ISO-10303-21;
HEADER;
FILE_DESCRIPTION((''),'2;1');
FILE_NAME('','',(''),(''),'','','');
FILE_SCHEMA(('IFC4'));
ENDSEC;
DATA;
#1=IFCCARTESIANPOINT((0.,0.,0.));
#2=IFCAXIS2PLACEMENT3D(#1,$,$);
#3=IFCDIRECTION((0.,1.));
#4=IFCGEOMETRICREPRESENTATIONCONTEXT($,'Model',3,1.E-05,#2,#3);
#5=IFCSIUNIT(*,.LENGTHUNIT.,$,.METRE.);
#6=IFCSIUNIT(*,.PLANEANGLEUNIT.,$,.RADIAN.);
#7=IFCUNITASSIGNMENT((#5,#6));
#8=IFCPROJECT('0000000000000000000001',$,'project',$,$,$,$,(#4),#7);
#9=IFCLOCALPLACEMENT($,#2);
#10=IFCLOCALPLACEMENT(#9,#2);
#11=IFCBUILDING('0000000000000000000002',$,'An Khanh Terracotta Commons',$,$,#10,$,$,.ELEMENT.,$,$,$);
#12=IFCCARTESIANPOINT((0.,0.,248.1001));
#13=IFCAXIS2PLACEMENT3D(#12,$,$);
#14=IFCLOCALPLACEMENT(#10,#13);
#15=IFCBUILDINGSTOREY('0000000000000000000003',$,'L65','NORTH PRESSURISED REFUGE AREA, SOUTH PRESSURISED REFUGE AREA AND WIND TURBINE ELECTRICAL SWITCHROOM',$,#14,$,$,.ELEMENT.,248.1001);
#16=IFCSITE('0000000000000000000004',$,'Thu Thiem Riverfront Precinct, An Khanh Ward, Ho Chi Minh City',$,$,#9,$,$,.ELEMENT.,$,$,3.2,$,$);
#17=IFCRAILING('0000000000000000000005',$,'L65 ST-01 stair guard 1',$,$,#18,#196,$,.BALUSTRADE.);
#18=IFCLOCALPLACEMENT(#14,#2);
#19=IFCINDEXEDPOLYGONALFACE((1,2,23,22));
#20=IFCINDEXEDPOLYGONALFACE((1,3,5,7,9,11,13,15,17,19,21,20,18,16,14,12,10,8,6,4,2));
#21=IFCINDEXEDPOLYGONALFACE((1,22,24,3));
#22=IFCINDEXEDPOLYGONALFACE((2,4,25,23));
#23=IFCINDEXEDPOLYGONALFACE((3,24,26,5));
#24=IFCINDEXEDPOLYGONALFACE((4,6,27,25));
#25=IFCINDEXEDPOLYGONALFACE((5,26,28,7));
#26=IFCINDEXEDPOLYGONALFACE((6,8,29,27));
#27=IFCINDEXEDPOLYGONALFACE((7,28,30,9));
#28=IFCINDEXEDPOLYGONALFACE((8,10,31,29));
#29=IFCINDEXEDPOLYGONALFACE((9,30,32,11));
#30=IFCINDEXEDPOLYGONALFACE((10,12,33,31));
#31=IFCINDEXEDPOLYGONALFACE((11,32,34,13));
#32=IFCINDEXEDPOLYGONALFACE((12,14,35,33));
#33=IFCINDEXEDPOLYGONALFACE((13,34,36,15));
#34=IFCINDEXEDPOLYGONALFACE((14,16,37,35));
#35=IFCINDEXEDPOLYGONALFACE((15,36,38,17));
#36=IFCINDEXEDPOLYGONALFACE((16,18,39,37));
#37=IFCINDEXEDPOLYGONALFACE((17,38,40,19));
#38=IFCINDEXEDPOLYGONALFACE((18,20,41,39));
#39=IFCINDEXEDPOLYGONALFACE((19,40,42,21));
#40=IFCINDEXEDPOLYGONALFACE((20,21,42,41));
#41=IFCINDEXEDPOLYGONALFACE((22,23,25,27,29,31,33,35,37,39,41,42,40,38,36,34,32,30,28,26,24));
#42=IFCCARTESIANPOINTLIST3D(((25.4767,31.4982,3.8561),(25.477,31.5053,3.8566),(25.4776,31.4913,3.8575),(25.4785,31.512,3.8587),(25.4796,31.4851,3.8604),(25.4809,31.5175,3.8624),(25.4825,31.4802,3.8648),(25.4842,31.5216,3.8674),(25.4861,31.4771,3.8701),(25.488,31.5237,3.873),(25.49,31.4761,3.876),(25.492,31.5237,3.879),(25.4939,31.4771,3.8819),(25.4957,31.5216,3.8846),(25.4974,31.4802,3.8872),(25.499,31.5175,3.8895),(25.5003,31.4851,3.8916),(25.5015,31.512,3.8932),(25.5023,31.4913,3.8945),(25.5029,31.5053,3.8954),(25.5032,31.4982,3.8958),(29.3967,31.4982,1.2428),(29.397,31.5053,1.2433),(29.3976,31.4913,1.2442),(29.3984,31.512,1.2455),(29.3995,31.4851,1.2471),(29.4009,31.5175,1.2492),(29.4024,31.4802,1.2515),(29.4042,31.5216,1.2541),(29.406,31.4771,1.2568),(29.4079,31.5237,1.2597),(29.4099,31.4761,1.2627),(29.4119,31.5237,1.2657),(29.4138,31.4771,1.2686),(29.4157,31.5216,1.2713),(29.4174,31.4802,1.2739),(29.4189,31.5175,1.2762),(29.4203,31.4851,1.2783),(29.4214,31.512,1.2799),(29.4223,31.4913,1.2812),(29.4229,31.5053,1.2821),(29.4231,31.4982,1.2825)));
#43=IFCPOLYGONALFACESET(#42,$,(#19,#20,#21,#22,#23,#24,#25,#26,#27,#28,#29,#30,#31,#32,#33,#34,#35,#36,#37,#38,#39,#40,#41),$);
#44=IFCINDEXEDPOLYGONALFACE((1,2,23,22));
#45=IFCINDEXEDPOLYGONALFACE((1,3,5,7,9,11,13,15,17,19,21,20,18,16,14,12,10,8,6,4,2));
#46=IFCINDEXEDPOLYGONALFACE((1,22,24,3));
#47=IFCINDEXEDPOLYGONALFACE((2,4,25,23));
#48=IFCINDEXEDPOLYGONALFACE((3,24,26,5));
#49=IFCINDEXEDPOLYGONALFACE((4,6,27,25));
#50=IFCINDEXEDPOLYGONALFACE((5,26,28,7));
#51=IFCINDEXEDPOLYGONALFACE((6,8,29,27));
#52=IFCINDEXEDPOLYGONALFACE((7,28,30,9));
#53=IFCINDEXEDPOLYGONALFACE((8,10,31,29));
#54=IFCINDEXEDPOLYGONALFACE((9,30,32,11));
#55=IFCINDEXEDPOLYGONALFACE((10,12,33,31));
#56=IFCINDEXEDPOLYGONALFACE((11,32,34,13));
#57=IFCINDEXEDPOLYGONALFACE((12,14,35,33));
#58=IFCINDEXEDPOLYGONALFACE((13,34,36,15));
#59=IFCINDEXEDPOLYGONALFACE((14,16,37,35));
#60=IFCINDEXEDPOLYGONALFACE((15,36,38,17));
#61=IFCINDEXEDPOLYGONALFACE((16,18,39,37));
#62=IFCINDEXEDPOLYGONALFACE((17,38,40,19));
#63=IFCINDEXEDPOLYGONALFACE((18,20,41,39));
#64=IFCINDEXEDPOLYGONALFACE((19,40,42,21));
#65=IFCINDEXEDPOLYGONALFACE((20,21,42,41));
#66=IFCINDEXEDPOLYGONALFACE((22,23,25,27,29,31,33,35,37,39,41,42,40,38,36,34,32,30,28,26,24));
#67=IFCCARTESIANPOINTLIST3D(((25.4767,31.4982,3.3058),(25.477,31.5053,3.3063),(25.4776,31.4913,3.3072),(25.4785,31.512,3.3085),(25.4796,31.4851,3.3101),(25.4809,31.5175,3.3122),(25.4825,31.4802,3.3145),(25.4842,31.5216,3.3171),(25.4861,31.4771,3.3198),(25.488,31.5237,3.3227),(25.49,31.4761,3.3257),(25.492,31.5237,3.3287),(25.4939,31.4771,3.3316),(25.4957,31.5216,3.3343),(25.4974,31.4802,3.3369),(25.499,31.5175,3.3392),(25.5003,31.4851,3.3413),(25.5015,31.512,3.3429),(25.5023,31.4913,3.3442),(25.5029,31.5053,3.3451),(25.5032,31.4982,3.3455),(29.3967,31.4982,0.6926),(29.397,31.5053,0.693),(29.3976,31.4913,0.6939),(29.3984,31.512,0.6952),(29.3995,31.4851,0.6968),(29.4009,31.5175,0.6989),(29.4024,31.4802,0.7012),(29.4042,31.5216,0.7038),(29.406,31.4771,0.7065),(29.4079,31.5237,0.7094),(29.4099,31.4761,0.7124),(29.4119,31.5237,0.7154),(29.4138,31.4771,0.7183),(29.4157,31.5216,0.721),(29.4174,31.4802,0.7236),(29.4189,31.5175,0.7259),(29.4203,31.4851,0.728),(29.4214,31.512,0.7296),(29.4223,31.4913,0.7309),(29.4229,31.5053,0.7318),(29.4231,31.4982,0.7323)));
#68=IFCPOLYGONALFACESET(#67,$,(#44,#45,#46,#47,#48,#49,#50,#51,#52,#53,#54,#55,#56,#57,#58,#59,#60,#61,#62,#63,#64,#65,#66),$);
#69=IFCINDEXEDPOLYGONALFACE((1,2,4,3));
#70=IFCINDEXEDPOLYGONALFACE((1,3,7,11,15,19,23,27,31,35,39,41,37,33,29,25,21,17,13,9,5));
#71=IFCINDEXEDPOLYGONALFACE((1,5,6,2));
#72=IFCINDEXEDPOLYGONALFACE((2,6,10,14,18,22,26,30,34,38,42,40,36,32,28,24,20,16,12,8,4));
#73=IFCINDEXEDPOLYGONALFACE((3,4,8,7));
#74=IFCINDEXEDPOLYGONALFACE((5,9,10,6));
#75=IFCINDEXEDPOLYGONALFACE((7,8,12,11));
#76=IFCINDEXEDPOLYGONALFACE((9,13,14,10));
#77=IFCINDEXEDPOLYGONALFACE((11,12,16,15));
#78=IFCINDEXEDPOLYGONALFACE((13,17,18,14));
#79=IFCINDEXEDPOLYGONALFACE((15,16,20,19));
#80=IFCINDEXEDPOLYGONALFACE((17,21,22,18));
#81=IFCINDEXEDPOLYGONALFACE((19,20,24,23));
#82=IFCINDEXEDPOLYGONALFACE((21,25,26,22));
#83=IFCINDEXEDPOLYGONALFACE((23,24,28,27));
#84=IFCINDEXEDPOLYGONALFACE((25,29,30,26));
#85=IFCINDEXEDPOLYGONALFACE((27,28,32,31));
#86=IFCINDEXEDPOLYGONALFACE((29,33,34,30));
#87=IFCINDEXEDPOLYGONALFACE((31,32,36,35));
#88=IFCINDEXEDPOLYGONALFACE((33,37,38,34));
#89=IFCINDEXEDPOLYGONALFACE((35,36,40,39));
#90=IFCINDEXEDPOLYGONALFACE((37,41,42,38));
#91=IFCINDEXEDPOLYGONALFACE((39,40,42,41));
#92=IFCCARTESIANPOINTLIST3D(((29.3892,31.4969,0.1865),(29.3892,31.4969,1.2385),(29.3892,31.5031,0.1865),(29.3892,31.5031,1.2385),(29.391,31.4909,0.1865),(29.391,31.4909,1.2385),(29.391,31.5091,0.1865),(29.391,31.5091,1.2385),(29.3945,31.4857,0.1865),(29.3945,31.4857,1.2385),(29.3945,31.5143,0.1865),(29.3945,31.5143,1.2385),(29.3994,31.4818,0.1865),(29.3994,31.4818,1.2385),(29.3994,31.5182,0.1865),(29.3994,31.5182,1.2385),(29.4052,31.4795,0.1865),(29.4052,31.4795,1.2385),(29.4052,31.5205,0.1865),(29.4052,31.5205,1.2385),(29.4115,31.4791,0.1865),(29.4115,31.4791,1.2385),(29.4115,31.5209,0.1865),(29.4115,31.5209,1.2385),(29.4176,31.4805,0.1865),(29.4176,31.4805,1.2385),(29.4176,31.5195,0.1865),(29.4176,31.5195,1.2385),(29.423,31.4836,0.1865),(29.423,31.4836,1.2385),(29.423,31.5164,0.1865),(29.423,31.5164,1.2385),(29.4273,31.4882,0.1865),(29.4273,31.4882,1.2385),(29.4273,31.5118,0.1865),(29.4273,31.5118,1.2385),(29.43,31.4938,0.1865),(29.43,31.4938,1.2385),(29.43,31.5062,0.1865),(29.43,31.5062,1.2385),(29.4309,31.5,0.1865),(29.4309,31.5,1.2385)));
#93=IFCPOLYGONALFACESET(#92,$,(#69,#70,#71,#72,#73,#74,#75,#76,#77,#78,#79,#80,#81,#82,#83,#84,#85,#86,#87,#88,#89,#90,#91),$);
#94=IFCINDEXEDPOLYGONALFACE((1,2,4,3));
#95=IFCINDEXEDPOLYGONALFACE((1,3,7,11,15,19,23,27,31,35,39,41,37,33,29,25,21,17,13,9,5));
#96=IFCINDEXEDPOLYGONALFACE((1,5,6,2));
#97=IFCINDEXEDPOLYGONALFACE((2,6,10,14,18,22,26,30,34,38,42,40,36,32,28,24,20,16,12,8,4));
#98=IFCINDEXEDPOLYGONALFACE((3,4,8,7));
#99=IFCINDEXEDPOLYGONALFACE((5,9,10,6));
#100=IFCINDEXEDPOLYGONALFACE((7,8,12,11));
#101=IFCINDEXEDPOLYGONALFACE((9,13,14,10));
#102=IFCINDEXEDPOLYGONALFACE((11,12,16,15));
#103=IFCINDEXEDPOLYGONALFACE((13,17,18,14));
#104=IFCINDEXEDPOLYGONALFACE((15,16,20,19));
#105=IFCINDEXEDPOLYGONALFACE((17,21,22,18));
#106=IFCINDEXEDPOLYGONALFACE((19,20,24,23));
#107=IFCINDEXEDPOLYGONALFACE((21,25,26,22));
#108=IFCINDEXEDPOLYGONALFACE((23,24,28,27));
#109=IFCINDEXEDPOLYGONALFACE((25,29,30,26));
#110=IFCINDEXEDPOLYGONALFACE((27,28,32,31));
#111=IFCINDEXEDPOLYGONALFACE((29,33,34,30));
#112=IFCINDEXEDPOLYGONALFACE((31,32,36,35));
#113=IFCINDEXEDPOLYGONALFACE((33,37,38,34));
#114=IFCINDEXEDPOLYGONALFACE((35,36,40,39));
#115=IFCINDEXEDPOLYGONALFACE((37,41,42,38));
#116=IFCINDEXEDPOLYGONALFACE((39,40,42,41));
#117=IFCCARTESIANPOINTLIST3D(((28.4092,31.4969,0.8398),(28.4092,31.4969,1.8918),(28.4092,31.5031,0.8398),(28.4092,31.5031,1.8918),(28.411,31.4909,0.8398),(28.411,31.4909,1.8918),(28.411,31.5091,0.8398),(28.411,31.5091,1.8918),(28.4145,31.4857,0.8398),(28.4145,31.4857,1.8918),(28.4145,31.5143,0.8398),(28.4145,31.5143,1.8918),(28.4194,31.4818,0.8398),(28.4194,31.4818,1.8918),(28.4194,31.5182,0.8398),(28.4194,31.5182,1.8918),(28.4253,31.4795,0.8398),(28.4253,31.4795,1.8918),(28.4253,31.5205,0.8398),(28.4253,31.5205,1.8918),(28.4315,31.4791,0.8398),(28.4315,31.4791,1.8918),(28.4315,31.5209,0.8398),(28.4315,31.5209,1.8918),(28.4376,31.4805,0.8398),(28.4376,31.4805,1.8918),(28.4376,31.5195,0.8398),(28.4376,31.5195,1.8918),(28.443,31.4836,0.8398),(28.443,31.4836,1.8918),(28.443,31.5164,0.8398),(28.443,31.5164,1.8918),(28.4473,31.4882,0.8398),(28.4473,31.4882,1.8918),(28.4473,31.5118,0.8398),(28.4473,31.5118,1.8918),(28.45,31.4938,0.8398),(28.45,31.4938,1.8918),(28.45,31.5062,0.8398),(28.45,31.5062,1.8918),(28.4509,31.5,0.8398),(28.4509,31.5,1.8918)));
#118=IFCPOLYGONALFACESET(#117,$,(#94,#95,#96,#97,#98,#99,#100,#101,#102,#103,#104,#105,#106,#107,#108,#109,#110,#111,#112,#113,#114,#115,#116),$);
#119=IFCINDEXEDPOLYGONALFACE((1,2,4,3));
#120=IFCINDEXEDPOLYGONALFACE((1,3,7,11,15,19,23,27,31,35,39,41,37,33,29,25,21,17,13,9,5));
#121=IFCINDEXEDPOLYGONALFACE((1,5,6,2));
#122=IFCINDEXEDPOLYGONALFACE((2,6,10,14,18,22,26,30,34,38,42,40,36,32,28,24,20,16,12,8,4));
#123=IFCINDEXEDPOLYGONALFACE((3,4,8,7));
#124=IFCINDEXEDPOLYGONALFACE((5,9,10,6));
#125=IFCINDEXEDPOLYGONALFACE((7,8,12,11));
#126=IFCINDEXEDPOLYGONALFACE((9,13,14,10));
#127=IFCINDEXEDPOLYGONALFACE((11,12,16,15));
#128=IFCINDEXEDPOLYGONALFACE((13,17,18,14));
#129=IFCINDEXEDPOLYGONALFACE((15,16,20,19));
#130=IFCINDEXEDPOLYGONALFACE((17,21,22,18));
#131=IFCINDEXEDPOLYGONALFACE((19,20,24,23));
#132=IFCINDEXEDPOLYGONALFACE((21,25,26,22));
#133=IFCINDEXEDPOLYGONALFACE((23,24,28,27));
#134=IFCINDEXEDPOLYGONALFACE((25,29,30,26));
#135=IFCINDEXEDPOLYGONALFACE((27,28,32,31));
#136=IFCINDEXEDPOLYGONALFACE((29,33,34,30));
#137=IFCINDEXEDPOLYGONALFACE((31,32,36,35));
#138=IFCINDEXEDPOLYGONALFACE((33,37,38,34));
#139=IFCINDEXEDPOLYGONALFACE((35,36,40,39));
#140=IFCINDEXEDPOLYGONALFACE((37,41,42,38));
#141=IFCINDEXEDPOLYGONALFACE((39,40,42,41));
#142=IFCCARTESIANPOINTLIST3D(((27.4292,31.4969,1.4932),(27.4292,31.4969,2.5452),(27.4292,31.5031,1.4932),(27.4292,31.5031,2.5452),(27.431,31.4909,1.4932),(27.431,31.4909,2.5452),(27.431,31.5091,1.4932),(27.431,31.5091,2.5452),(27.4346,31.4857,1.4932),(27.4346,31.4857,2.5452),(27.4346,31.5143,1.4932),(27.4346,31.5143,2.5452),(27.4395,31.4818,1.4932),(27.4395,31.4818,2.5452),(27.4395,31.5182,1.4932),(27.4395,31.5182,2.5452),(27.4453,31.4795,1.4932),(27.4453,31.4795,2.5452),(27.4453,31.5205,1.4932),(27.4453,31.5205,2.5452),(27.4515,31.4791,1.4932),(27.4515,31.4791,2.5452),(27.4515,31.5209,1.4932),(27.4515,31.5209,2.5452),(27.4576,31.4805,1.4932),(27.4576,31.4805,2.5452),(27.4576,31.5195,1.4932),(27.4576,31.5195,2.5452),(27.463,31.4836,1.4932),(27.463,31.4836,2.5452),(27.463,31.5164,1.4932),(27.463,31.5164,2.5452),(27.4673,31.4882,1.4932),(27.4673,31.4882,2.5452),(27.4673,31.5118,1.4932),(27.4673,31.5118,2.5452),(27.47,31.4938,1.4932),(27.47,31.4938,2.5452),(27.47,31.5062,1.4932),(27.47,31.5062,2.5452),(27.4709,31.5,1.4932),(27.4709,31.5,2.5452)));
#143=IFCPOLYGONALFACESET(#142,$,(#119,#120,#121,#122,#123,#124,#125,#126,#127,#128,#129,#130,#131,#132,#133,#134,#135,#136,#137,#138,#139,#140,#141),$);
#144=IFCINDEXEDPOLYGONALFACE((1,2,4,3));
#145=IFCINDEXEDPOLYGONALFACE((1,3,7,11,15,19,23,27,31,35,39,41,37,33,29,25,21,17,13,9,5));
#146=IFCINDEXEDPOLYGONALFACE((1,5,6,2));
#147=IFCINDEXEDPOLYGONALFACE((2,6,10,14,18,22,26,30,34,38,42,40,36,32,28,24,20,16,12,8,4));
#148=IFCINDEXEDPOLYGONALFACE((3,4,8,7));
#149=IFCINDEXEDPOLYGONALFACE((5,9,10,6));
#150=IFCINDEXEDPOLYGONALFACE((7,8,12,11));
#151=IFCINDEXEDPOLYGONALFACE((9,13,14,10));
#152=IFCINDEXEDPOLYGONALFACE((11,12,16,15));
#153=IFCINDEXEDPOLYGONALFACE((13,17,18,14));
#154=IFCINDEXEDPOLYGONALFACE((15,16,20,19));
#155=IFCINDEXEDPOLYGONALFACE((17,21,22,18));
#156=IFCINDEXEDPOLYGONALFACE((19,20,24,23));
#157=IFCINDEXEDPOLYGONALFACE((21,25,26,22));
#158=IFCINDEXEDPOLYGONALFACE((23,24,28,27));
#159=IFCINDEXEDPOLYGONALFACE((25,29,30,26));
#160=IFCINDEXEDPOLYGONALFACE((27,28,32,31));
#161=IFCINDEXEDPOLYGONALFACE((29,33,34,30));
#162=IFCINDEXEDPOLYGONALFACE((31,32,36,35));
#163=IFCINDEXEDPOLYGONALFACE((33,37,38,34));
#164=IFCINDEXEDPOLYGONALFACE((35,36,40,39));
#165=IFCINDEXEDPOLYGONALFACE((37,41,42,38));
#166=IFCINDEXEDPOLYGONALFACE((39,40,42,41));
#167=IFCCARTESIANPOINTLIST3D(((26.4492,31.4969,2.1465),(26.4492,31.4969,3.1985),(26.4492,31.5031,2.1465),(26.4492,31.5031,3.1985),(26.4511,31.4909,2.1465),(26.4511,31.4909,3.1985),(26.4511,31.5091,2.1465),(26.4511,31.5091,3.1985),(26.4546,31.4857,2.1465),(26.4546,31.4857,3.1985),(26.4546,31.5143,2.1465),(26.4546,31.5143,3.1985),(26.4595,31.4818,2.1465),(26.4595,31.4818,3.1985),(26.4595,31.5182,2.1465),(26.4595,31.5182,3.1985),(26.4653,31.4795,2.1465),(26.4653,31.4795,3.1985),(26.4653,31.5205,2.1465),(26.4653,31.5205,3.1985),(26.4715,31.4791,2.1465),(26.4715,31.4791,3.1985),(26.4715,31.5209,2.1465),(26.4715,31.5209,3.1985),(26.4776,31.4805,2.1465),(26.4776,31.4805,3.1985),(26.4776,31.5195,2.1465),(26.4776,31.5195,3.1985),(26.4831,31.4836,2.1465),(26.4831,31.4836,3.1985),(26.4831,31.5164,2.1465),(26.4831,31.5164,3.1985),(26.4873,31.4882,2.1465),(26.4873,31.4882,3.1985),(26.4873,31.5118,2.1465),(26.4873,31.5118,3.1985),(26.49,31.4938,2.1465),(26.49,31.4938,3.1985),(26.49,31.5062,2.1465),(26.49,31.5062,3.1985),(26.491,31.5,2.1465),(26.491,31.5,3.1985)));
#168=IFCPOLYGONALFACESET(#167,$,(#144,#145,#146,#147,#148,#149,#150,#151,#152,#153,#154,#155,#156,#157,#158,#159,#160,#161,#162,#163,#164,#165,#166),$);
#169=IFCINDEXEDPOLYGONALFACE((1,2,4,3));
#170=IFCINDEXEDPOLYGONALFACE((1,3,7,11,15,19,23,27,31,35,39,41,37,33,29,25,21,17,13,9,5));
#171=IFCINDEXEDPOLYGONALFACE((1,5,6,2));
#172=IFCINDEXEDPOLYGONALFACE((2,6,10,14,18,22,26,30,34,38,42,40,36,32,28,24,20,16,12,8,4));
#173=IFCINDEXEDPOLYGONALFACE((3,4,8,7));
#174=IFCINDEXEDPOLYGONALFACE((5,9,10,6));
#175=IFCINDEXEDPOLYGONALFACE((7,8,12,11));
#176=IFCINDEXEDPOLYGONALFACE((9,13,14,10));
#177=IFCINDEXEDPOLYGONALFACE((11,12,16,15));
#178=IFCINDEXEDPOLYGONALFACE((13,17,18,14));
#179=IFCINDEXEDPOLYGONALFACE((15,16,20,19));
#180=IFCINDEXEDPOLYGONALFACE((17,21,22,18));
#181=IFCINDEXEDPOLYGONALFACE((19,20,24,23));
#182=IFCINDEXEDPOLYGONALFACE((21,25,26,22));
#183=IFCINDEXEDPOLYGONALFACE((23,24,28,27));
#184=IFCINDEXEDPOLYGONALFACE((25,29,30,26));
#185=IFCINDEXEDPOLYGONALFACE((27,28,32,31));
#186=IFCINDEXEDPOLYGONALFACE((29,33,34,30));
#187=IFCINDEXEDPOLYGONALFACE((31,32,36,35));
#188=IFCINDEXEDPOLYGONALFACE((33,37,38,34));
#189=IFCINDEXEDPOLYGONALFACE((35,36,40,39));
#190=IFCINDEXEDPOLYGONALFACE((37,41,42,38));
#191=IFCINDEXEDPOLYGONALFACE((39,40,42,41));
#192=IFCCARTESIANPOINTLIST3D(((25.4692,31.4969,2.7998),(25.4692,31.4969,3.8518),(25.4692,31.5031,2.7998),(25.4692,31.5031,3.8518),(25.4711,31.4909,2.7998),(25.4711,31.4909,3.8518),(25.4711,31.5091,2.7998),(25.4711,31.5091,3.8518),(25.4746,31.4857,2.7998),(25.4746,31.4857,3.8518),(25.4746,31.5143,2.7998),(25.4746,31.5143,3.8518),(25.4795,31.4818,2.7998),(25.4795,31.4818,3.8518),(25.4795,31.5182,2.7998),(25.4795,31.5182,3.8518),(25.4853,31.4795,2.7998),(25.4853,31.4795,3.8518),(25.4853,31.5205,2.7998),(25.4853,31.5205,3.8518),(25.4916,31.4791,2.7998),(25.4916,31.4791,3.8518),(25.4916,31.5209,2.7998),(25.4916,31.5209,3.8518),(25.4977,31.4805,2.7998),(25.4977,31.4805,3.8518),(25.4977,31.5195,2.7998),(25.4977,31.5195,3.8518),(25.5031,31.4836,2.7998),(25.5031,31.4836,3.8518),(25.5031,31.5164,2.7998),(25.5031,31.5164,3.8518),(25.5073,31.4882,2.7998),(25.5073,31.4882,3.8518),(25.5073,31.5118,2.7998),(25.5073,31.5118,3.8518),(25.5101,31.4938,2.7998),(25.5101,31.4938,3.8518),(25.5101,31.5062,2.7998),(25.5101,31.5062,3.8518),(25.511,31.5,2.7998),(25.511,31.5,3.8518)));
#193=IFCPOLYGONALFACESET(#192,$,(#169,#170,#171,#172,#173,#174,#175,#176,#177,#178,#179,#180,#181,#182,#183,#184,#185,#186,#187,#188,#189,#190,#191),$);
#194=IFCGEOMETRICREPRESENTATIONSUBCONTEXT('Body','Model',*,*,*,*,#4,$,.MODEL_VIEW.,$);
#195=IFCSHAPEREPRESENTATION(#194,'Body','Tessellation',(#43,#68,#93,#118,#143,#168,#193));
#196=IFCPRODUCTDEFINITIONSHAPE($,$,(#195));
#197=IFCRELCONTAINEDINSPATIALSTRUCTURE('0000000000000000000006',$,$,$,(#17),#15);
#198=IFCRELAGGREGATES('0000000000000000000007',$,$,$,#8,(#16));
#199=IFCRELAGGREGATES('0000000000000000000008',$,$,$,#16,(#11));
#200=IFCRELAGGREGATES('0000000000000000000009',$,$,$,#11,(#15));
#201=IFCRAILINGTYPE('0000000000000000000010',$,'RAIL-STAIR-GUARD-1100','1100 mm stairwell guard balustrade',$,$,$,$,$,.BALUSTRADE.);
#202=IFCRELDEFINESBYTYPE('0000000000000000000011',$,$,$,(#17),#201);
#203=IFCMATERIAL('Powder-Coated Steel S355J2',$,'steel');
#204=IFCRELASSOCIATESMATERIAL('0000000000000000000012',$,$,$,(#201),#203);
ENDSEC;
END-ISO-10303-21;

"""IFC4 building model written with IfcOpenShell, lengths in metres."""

from ifc_helpers import new_model, si_unit, direction, frame, origin, origin_2d, place, context, subcontext, project, spatial, circle, extrude, material, type_object, element, save


model = new_model("IFC4")

# Units and contexts
model_context = context("Model", 3, precision=1e-05, world=origin(), true_north=direction((0.0, 1.0)))
body_context = subcontext(model_context, "Body", "Model", "MODEL_VIEW")
ifc_project = project(units=[si_unit("LENGTHUNIT", "METRE"), si_unit("PLANEANGLEUNIT", "RADIAN")], contexts=[model_context])

# Site, building, storey
site_placement = place(None, origin())
site = spatial("IfcSite", under=ifc_project, at=site_placement, Name="Thu Thiem Riverfront Precinct, An Khanh Ward, Ho Chi Minh City", CompositionType="ELEMENT", RefElevation=3.2)
building_placement = place(site_placement, origin())
building = spatial("IfcBuilding", under=site, at=building_placement, Name="An Khanh Terracotta Commons", CompositionType="ELEMENT")
storey_placement = place(building_placement, frame((0.0, 0.0, 248.1001)))
storey = spatial("IfcBuildingStorey", under=building, at=storey_placement, Name="L65", Description="NORTH PRESSURISED REFUGE AREA, SOUTH PRESSURISED REFUGE AREA AND WIND TURBINE ELECTRICAL SWITCHROOM", CompositionType="ELEMENT", Elevation=248.1001)

# Railing
ifc_material_1 = material(Name="Powder-Coated Steel S355J2", Category="steel")
railing_type_1 = type_object("IfcRailingType", Name="RAIL-STAIR-GUARD-1100", Description="1100 mm stairwell guard balustrade", PredefinedType="BALUSTRADE", material=ifc_material_1)
railing_1_placement = place(storey_placement, frame((29.4099, 31.5, 0.1865)))
element("IfcRailing", 1, at=railing_1_placement, inside=storey, type_object=railing_type_1, Name="L65 ST-01 stair guard 1", PredefinedType="BALUSTRADE", context=body_context, shape_type="SweptSolid", body=[
    extrude(circle(Radius=0.0239, at=origin_2d()), frame((0.0, 0.0, 1.0762), z_axis=(-0.83205, 0.0, 0.5547), x_axis=(0.0, -1.0, 0.0)), (0.0, 0.0, 1.0), 4.7112),
    extrude(circle(Radius=0.0239, at=origin_2d()), frame((0.0, 0.0, 0.5259), z_axis=(-0.83205, 0.0, 0.5547), x_axis=(0.0, -1.0, 0.0)), (0.0, 0.0, 1.0), 4.7112),
    extrude(circle(Radius=0.021, at=origin_2d()), origin(), (0.0, 0.0, 1.0), 1.052),
    extrude(circle(Radius=0.021, at=origin_2d()), frame((-0.98, 0.0, 0.6533)), (0.0, 0.0, 1.0), 1.052),
    extrude(circle(Radius=0.021, at=origin_2d()), frame((-1.96, 0.0, 1.3066)), (0.0, 0.0, 1.0), 1.052),
    extrude(circle(Radius=0.021, at=origin_2d()), frame((-2.9399, 0.0, 1.96)), (0.0, 0.0, 1.0), 1.052),
    extrude(circle(Radius=0.021, at=origin_2d()), frame((-3.9199, 0.0, 2.6133)), (0.0, 0.0, 1.0), 1.052),
])

save(model, "model.ifc")
